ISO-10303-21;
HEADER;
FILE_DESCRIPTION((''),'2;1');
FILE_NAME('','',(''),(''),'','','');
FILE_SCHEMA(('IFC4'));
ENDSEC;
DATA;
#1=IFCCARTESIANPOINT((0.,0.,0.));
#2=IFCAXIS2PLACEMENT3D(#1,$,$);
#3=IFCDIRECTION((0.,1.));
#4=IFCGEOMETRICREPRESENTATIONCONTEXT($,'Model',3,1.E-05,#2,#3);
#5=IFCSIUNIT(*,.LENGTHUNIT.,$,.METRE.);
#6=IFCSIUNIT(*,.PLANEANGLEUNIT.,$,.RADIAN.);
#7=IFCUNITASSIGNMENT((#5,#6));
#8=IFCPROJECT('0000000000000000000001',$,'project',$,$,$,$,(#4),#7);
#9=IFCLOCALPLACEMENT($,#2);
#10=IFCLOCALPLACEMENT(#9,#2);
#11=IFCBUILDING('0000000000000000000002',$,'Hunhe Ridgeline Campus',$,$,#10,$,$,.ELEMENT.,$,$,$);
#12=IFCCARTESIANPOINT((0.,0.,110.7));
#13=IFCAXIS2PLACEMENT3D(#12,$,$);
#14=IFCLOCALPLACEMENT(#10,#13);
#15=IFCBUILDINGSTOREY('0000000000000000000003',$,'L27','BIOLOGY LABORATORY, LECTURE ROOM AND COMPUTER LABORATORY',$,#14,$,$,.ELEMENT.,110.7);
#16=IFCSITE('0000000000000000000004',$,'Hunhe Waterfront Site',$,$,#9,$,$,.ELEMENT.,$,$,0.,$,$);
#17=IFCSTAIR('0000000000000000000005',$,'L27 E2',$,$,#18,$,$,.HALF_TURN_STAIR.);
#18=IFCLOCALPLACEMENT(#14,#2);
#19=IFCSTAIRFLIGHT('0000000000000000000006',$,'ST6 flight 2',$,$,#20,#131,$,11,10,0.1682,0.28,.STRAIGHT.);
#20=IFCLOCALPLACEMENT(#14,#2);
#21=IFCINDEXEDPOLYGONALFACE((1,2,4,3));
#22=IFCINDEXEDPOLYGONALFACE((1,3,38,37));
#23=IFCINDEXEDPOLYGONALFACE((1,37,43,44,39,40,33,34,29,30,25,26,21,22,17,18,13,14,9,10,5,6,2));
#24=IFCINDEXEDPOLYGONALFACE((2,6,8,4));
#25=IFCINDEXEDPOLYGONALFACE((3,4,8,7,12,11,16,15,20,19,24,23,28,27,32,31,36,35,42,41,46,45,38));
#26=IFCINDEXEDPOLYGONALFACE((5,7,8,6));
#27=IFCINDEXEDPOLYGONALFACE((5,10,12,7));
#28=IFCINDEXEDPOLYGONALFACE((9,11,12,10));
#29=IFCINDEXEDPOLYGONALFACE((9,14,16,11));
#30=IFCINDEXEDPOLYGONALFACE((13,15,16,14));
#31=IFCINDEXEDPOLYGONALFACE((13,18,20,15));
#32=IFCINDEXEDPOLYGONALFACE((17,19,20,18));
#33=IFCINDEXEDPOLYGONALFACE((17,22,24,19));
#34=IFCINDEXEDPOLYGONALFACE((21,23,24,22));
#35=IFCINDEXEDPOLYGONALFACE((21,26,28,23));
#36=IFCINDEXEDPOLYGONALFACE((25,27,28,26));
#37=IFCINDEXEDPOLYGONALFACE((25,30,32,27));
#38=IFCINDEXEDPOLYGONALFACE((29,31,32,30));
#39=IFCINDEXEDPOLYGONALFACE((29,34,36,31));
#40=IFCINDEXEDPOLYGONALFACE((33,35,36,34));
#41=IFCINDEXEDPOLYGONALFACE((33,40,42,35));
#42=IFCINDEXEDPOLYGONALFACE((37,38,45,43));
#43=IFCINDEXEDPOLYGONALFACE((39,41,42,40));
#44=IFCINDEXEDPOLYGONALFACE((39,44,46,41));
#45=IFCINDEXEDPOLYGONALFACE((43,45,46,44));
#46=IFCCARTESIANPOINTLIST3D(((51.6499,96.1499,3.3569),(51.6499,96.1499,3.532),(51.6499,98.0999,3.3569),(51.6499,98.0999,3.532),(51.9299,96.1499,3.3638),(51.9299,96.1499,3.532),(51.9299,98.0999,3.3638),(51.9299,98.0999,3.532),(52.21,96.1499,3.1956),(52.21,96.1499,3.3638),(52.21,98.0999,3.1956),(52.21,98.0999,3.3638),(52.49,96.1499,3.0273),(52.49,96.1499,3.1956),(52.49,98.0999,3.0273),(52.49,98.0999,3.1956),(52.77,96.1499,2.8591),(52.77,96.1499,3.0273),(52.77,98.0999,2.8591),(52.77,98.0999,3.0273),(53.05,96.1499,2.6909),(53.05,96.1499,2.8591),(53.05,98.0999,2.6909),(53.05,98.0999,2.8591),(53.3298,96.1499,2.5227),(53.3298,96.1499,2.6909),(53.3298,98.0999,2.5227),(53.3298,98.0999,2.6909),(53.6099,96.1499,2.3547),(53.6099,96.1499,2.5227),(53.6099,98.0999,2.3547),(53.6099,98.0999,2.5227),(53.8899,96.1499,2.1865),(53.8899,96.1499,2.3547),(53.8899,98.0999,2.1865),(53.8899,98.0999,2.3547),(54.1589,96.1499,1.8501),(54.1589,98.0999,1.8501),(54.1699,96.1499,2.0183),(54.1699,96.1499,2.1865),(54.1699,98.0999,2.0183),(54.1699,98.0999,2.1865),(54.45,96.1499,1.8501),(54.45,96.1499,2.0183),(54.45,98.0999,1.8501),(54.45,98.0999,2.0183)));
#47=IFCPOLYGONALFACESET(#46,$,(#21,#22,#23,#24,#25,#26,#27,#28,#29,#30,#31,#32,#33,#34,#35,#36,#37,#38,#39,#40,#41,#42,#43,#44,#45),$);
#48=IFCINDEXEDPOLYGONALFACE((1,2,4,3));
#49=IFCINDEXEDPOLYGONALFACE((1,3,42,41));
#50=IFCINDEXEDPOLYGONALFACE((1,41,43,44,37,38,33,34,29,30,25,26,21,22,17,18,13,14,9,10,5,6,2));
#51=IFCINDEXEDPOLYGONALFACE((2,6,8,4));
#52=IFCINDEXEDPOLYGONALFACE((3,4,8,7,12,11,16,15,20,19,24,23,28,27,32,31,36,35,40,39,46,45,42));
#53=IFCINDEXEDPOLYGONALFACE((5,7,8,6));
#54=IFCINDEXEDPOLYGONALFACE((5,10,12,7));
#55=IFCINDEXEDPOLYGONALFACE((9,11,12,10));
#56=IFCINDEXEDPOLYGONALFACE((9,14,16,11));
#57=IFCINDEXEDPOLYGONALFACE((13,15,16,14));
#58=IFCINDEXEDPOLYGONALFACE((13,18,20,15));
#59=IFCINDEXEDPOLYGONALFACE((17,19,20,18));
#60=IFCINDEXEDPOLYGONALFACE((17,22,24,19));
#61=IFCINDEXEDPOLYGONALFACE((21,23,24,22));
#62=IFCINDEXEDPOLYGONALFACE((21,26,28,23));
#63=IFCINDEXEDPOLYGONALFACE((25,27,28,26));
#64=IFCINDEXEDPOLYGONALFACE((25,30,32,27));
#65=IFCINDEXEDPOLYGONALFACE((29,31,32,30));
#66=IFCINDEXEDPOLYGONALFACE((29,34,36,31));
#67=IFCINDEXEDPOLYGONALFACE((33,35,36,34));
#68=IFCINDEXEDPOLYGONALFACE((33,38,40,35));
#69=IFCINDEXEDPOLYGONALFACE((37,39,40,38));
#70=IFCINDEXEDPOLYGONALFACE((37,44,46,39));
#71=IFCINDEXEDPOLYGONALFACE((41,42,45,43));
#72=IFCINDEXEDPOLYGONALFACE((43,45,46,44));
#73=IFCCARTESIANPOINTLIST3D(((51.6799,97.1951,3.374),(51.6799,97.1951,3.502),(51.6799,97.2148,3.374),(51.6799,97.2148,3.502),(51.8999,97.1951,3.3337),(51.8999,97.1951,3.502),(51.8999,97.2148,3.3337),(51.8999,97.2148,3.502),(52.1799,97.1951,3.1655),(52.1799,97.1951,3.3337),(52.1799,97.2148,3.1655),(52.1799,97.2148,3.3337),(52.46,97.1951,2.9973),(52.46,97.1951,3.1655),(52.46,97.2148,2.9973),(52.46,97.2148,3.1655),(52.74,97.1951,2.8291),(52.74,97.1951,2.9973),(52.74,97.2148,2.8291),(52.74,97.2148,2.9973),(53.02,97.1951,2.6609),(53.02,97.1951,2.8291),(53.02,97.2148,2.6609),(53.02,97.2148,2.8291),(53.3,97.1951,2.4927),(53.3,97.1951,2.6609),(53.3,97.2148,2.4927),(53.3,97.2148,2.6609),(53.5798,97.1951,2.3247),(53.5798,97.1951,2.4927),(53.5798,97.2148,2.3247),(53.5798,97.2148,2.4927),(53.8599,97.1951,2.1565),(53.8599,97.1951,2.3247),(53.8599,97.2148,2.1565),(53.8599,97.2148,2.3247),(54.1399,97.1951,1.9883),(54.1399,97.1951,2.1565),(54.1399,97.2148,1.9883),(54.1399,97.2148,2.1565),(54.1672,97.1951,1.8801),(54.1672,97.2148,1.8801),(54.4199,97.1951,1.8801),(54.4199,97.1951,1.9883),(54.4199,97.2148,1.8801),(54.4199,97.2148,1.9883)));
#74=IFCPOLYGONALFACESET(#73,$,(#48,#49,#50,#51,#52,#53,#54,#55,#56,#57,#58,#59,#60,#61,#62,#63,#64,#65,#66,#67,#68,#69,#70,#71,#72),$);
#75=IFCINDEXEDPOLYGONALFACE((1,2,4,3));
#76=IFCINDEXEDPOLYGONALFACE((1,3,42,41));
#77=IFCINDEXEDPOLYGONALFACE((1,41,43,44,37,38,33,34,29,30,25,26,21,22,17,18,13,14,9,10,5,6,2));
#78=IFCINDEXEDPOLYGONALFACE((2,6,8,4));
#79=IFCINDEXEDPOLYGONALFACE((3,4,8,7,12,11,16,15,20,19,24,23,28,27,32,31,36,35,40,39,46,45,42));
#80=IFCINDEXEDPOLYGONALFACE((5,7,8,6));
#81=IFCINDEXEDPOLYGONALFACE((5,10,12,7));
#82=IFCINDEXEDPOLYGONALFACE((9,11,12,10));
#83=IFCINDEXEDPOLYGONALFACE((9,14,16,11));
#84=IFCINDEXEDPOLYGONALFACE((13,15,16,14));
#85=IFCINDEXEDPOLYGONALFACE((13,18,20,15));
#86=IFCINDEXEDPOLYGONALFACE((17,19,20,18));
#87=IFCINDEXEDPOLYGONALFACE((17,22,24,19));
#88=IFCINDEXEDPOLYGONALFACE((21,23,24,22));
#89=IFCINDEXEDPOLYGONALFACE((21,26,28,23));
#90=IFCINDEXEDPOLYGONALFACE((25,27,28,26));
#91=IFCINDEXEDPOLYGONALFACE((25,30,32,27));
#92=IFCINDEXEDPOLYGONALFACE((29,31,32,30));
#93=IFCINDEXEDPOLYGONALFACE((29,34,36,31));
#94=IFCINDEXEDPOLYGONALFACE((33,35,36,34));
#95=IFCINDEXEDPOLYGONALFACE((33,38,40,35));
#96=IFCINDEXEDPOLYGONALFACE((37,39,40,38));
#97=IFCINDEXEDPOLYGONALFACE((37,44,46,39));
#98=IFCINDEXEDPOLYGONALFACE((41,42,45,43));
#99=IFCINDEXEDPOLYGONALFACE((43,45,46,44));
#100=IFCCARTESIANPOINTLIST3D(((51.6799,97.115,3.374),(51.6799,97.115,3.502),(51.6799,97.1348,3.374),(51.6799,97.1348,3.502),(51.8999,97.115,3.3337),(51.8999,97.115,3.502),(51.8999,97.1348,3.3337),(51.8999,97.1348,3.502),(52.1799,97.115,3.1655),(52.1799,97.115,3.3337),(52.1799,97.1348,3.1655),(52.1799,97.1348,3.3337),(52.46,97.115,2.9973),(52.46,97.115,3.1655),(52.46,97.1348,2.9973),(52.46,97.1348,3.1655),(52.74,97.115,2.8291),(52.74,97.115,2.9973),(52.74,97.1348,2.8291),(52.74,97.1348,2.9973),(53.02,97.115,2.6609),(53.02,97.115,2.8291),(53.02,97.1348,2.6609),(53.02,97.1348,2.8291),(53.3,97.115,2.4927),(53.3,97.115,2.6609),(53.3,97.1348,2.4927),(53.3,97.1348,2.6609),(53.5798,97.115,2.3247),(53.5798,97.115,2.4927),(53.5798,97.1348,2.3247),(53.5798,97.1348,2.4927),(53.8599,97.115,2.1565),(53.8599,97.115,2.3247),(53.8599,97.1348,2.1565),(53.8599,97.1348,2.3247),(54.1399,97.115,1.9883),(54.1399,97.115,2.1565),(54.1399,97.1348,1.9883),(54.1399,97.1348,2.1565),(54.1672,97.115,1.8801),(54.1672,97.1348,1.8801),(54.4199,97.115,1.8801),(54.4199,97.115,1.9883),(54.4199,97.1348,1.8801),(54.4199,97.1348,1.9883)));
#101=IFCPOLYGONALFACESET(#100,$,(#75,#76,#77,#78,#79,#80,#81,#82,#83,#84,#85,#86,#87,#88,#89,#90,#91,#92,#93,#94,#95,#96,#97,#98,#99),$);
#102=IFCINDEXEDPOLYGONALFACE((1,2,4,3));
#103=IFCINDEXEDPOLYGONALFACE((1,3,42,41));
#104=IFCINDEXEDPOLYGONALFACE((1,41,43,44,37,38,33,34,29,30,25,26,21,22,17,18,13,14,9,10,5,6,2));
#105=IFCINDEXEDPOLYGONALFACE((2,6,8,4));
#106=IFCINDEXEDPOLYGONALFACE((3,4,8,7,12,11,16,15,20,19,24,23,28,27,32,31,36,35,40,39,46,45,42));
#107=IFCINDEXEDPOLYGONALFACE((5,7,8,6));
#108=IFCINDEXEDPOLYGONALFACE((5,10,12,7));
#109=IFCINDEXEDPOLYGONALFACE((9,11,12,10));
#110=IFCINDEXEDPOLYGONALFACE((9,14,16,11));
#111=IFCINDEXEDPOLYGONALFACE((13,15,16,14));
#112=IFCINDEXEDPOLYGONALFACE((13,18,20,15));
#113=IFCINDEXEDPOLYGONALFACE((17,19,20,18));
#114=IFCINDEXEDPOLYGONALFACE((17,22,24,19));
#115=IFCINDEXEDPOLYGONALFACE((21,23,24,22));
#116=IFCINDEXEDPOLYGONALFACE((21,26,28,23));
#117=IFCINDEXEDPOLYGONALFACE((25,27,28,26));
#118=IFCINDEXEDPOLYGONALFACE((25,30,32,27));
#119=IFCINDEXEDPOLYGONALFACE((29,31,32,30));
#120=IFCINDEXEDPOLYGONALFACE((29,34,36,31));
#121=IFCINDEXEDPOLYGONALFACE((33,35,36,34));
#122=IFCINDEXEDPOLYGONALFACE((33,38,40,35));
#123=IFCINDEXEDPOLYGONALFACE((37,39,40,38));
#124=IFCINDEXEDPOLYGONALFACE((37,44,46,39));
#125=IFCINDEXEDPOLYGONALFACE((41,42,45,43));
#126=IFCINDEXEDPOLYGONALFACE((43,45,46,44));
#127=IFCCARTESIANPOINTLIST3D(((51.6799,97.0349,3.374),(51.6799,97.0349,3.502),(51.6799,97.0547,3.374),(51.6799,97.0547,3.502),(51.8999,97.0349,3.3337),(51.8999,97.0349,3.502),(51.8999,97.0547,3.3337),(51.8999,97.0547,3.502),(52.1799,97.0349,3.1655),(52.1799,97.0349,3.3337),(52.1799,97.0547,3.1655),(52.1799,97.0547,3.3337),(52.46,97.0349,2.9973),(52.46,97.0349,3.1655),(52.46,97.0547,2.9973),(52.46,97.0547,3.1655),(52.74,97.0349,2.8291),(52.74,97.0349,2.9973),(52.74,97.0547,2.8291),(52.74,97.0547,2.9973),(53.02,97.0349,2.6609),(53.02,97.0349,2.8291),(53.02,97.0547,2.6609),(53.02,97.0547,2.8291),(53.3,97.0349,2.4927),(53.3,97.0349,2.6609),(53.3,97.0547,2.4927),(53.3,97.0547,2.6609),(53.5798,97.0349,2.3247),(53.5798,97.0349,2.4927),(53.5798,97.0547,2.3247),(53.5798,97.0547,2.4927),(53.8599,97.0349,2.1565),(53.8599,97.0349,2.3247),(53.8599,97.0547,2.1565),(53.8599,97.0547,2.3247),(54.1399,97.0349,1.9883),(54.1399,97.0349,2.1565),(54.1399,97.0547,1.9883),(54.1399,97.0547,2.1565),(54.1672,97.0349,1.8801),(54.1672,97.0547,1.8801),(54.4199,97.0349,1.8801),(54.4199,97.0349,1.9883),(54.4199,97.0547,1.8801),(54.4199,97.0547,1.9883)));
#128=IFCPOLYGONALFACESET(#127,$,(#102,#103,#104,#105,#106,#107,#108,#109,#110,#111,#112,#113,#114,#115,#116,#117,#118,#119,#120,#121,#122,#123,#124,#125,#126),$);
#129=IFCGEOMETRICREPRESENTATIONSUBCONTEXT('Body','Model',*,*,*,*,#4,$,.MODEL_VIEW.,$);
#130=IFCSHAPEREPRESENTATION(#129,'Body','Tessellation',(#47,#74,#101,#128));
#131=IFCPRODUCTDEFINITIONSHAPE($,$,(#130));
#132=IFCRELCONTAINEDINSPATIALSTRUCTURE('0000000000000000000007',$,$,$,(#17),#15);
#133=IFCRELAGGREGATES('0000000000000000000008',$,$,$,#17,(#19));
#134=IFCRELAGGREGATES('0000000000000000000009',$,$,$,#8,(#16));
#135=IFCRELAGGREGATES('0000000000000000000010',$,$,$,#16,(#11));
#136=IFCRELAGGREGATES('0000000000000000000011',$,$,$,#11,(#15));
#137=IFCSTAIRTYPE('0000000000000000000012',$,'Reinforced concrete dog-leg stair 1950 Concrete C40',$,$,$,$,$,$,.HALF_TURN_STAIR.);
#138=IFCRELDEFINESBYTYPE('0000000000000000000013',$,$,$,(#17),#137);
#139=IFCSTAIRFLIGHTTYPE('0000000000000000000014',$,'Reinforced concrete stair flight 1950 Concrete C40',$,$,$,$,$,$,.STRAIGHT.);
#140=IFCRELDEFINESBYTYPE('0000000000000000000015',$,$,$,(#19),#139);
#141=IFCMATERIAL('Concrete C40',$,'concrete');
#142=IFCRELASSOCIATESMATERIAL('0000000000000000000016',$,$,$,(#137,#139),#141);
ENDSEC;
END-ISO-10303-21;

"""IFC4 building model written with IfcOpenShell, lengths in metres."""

from ifc_helpers import new_model, si_unit, direction, frame, origin, place, context, subcontext, project, spatial, polyline, outline, extrude, material, type_object, element, aggregate, save


model = new_model("IFC4")

# Units and contexts
model_context = context("Model", 3, precision=1e-05, world=origin(), true_north=direction((0.0, 1.0)))
body_context = subcontext(model_context, "Body", "Model", "MODEL_VIEW")
ifc_project = project(units=[si_unit("LENGTHUNIT", "METRE"), si_unit("PLANEANGLEUNIT", "RADIAN")], contexts=[model_context])

# Site, building, storey
site_placement = place(None, origin())
site = spatial("IfcSite", under=ifc_project, at=site_placement, Name="Hunhe Waterfront Site", CompositionType="ELEMENT", RefElevation=0.0)
building_placement = place(site_placement, origin())
building = spatial("IfcBuilding", under=site, at=building_placement, Name="Hunhe Ridgeline Campus", CompositionType="ELEMENT")
storey_placement = place(building_placement, frame((0.0, 0.0, 110.7)))
storey = spatial("IfcBuildingStorey", under=building, at=storey_placement, Name="L27", Description="BIOLOGY LABORATORY, LECTURE ROOM AND COMPUTER LABORATORY", CompositionType="ELEMENT", Elevation=110.7)

# Stair, stair flight
ifc_material_1 = material(Name="Concrete C40", Category="concrete")
stair_type = type_object("IfcStairType", Name="Reinforced concrete dog-leg stair 1950 Concrete C40", PredefinedType="HALF_TURN_STAIR", material=ifc_material_1)
stair_1_placement = place(storey_placement, origin())
stair_1 = element("IfcStair", 1, at=stair_1_placement, inside=storey, type_object=stair_type, Name="L27 E2", PredefinedType="HALF_TURN_STAIR")
stair_flight_type = type_object("IfcStairFlightType", Name="Reinforced concrete stair flight 1950 Concrete C40", PredefinedType="STRAIGHT", material=ifc_material_1)
stair_flight_1_placement = place(storey_placement, frame((54.45, 97.125, 1.8501), z_axis=(0.0, 0.0, 1.0), x_axis=(-1.0, 0.0, 0.0)))
stair_flight_1 = element("IfcStairFlight", 2, at=stair_flight_1_placement, type_object=stair_flight_type, Name="ST6 flight 2", NumberOfRisers=11, NumberOfTreads=10, PredefinedType="STRAIGHT", RiserHeight=0.1682, TreadLength=0.28, context=body_context, shape_type="SweptSolid", body=[
    extrude(outline(polyline([(0.0, 0.0), (0.0, 0.1682), (0.28, 0.1682), (0.28, 0.3364), (0.5601, 0.3364), (0.5601, 0.5046), (0.8401, 0.5046), (0.8401, 0.6726), (1.1201, 0.6726), (1.1201, 0.8408), (1.3999, 0.8408), (1.3999, 1.009), (1.6799, 1.009), (1.6799, 1.1772), (1.96, 1.1772), (1.96, 1.3455), (2.24, 1.3455), (2.24, 1.5137), (2.52, 1.5137), (2.52, 1.6819), (2.8, 1.6819), (2.8, 1.8501), (2.8, 1.5068), (0.291, 0.0), (0.0, 0.0)])), frame((0.0, 0.9751, 0.0), z_axis=(0.0, -1.0, 0.0), x_axis=(1.0, 0.0, 0.0)), (0.0, 0.0, 1.0), 1.95),
    extrude(outline(polyline([(0.03, 0.03), (0.03, 0.1382), (0.3101, 0.1382), (0.3101, 0.3064), (0.5901, 0.3064), (0.5901, 0.4746), (0.8701, 0.4746), (0.8701, 0.6426), (1.1499, 0.6426), (1.1499, 0.8108), (1.4299, 0.8108), (1.4299, 0.979), (1.71, 0.979), (1.71, 1.1472), (1.99, 1.1472), (1.99, 1.3154), (2.27, 1.3154), (2.27, 1.4836), (2.55, 1.4836), (2.55, 1.6519), (2.77, 1.6519), (2.77, 1.5239), (0.2827, 0.03), (0.03, 0.03)])), frame((0.0, -0.0701, 0.0), z_axis=(0.0, -1.0, 0.0), x_axis=(1.0, 0.0, 0.0)), (0.0, 0.0, 1.0), 0.0198),
    extrude(outline(polyline([(0.03, 0.03), (0.03, 0.1382), (0.3101, 0.1382), (0.3101, 0.3064), (0.5901, 0.3064), (0.5901, 0.4746), (0.8701, 0.4746), (0.8701, 0.6426), (1.1499, 0.6426), (1.1499, 0.8108), (1.4299, 0.8108), (1.4299, 0.979), (1.71, 0.979), (1.71, 1.1472), (1.99, 1.1472), (1.99, 1.3154), (2.27, 1.3154), (2.27, 1.4836), (2.55, 1.4836), (2.55, 1.6519), (2.77, 1.6519), (2.77, 1.5239), (0.2827, 0.03), (0.03, 0.03)])), frame((0.0, 0.01, 0.0), z_axis=(0.0, -1.0, 0.0), x_axis=(1.0, 0.0, 0.0)), (0.0, 0.0, 1.0), 0.0198),
    extrude(outline(polyline([(0.03, 0.03), (0.03, 0.1382), (0.3101, 0.1382), (0.3101, 0.3064), (0.5901, 0.3064), (0.5901, 0.4746), (0.8701, 0.4746), (0.8701, 0.6426), (1.1499, 0.6426), (1.1499, 0.8108), (1.4299, 0.8108), (1.4299, 0.979), (1.71, 0.979), (1.71, 1.1472), (1.99, 1.1472), (1.99, 1.3154), (2.27, 1.3154), (2.27, 1.4836), (2.55, 1.4836), (2.55, 1.6519), (2.77, 1.6519), (2.77, 1.5239), (0.2827, 0.03), (0.03, 0.03)])), frame((0.0, 0.0901, 0.0), z_axis=(0.0, -1.0, 0.0), x_axis=(1.0, 0.0, 0.0)), (0.0, 0.0, 1.0), 0.0198),
])
aggregate(stair_1, [stair_flight_1])

save(model, "model.ifc")
